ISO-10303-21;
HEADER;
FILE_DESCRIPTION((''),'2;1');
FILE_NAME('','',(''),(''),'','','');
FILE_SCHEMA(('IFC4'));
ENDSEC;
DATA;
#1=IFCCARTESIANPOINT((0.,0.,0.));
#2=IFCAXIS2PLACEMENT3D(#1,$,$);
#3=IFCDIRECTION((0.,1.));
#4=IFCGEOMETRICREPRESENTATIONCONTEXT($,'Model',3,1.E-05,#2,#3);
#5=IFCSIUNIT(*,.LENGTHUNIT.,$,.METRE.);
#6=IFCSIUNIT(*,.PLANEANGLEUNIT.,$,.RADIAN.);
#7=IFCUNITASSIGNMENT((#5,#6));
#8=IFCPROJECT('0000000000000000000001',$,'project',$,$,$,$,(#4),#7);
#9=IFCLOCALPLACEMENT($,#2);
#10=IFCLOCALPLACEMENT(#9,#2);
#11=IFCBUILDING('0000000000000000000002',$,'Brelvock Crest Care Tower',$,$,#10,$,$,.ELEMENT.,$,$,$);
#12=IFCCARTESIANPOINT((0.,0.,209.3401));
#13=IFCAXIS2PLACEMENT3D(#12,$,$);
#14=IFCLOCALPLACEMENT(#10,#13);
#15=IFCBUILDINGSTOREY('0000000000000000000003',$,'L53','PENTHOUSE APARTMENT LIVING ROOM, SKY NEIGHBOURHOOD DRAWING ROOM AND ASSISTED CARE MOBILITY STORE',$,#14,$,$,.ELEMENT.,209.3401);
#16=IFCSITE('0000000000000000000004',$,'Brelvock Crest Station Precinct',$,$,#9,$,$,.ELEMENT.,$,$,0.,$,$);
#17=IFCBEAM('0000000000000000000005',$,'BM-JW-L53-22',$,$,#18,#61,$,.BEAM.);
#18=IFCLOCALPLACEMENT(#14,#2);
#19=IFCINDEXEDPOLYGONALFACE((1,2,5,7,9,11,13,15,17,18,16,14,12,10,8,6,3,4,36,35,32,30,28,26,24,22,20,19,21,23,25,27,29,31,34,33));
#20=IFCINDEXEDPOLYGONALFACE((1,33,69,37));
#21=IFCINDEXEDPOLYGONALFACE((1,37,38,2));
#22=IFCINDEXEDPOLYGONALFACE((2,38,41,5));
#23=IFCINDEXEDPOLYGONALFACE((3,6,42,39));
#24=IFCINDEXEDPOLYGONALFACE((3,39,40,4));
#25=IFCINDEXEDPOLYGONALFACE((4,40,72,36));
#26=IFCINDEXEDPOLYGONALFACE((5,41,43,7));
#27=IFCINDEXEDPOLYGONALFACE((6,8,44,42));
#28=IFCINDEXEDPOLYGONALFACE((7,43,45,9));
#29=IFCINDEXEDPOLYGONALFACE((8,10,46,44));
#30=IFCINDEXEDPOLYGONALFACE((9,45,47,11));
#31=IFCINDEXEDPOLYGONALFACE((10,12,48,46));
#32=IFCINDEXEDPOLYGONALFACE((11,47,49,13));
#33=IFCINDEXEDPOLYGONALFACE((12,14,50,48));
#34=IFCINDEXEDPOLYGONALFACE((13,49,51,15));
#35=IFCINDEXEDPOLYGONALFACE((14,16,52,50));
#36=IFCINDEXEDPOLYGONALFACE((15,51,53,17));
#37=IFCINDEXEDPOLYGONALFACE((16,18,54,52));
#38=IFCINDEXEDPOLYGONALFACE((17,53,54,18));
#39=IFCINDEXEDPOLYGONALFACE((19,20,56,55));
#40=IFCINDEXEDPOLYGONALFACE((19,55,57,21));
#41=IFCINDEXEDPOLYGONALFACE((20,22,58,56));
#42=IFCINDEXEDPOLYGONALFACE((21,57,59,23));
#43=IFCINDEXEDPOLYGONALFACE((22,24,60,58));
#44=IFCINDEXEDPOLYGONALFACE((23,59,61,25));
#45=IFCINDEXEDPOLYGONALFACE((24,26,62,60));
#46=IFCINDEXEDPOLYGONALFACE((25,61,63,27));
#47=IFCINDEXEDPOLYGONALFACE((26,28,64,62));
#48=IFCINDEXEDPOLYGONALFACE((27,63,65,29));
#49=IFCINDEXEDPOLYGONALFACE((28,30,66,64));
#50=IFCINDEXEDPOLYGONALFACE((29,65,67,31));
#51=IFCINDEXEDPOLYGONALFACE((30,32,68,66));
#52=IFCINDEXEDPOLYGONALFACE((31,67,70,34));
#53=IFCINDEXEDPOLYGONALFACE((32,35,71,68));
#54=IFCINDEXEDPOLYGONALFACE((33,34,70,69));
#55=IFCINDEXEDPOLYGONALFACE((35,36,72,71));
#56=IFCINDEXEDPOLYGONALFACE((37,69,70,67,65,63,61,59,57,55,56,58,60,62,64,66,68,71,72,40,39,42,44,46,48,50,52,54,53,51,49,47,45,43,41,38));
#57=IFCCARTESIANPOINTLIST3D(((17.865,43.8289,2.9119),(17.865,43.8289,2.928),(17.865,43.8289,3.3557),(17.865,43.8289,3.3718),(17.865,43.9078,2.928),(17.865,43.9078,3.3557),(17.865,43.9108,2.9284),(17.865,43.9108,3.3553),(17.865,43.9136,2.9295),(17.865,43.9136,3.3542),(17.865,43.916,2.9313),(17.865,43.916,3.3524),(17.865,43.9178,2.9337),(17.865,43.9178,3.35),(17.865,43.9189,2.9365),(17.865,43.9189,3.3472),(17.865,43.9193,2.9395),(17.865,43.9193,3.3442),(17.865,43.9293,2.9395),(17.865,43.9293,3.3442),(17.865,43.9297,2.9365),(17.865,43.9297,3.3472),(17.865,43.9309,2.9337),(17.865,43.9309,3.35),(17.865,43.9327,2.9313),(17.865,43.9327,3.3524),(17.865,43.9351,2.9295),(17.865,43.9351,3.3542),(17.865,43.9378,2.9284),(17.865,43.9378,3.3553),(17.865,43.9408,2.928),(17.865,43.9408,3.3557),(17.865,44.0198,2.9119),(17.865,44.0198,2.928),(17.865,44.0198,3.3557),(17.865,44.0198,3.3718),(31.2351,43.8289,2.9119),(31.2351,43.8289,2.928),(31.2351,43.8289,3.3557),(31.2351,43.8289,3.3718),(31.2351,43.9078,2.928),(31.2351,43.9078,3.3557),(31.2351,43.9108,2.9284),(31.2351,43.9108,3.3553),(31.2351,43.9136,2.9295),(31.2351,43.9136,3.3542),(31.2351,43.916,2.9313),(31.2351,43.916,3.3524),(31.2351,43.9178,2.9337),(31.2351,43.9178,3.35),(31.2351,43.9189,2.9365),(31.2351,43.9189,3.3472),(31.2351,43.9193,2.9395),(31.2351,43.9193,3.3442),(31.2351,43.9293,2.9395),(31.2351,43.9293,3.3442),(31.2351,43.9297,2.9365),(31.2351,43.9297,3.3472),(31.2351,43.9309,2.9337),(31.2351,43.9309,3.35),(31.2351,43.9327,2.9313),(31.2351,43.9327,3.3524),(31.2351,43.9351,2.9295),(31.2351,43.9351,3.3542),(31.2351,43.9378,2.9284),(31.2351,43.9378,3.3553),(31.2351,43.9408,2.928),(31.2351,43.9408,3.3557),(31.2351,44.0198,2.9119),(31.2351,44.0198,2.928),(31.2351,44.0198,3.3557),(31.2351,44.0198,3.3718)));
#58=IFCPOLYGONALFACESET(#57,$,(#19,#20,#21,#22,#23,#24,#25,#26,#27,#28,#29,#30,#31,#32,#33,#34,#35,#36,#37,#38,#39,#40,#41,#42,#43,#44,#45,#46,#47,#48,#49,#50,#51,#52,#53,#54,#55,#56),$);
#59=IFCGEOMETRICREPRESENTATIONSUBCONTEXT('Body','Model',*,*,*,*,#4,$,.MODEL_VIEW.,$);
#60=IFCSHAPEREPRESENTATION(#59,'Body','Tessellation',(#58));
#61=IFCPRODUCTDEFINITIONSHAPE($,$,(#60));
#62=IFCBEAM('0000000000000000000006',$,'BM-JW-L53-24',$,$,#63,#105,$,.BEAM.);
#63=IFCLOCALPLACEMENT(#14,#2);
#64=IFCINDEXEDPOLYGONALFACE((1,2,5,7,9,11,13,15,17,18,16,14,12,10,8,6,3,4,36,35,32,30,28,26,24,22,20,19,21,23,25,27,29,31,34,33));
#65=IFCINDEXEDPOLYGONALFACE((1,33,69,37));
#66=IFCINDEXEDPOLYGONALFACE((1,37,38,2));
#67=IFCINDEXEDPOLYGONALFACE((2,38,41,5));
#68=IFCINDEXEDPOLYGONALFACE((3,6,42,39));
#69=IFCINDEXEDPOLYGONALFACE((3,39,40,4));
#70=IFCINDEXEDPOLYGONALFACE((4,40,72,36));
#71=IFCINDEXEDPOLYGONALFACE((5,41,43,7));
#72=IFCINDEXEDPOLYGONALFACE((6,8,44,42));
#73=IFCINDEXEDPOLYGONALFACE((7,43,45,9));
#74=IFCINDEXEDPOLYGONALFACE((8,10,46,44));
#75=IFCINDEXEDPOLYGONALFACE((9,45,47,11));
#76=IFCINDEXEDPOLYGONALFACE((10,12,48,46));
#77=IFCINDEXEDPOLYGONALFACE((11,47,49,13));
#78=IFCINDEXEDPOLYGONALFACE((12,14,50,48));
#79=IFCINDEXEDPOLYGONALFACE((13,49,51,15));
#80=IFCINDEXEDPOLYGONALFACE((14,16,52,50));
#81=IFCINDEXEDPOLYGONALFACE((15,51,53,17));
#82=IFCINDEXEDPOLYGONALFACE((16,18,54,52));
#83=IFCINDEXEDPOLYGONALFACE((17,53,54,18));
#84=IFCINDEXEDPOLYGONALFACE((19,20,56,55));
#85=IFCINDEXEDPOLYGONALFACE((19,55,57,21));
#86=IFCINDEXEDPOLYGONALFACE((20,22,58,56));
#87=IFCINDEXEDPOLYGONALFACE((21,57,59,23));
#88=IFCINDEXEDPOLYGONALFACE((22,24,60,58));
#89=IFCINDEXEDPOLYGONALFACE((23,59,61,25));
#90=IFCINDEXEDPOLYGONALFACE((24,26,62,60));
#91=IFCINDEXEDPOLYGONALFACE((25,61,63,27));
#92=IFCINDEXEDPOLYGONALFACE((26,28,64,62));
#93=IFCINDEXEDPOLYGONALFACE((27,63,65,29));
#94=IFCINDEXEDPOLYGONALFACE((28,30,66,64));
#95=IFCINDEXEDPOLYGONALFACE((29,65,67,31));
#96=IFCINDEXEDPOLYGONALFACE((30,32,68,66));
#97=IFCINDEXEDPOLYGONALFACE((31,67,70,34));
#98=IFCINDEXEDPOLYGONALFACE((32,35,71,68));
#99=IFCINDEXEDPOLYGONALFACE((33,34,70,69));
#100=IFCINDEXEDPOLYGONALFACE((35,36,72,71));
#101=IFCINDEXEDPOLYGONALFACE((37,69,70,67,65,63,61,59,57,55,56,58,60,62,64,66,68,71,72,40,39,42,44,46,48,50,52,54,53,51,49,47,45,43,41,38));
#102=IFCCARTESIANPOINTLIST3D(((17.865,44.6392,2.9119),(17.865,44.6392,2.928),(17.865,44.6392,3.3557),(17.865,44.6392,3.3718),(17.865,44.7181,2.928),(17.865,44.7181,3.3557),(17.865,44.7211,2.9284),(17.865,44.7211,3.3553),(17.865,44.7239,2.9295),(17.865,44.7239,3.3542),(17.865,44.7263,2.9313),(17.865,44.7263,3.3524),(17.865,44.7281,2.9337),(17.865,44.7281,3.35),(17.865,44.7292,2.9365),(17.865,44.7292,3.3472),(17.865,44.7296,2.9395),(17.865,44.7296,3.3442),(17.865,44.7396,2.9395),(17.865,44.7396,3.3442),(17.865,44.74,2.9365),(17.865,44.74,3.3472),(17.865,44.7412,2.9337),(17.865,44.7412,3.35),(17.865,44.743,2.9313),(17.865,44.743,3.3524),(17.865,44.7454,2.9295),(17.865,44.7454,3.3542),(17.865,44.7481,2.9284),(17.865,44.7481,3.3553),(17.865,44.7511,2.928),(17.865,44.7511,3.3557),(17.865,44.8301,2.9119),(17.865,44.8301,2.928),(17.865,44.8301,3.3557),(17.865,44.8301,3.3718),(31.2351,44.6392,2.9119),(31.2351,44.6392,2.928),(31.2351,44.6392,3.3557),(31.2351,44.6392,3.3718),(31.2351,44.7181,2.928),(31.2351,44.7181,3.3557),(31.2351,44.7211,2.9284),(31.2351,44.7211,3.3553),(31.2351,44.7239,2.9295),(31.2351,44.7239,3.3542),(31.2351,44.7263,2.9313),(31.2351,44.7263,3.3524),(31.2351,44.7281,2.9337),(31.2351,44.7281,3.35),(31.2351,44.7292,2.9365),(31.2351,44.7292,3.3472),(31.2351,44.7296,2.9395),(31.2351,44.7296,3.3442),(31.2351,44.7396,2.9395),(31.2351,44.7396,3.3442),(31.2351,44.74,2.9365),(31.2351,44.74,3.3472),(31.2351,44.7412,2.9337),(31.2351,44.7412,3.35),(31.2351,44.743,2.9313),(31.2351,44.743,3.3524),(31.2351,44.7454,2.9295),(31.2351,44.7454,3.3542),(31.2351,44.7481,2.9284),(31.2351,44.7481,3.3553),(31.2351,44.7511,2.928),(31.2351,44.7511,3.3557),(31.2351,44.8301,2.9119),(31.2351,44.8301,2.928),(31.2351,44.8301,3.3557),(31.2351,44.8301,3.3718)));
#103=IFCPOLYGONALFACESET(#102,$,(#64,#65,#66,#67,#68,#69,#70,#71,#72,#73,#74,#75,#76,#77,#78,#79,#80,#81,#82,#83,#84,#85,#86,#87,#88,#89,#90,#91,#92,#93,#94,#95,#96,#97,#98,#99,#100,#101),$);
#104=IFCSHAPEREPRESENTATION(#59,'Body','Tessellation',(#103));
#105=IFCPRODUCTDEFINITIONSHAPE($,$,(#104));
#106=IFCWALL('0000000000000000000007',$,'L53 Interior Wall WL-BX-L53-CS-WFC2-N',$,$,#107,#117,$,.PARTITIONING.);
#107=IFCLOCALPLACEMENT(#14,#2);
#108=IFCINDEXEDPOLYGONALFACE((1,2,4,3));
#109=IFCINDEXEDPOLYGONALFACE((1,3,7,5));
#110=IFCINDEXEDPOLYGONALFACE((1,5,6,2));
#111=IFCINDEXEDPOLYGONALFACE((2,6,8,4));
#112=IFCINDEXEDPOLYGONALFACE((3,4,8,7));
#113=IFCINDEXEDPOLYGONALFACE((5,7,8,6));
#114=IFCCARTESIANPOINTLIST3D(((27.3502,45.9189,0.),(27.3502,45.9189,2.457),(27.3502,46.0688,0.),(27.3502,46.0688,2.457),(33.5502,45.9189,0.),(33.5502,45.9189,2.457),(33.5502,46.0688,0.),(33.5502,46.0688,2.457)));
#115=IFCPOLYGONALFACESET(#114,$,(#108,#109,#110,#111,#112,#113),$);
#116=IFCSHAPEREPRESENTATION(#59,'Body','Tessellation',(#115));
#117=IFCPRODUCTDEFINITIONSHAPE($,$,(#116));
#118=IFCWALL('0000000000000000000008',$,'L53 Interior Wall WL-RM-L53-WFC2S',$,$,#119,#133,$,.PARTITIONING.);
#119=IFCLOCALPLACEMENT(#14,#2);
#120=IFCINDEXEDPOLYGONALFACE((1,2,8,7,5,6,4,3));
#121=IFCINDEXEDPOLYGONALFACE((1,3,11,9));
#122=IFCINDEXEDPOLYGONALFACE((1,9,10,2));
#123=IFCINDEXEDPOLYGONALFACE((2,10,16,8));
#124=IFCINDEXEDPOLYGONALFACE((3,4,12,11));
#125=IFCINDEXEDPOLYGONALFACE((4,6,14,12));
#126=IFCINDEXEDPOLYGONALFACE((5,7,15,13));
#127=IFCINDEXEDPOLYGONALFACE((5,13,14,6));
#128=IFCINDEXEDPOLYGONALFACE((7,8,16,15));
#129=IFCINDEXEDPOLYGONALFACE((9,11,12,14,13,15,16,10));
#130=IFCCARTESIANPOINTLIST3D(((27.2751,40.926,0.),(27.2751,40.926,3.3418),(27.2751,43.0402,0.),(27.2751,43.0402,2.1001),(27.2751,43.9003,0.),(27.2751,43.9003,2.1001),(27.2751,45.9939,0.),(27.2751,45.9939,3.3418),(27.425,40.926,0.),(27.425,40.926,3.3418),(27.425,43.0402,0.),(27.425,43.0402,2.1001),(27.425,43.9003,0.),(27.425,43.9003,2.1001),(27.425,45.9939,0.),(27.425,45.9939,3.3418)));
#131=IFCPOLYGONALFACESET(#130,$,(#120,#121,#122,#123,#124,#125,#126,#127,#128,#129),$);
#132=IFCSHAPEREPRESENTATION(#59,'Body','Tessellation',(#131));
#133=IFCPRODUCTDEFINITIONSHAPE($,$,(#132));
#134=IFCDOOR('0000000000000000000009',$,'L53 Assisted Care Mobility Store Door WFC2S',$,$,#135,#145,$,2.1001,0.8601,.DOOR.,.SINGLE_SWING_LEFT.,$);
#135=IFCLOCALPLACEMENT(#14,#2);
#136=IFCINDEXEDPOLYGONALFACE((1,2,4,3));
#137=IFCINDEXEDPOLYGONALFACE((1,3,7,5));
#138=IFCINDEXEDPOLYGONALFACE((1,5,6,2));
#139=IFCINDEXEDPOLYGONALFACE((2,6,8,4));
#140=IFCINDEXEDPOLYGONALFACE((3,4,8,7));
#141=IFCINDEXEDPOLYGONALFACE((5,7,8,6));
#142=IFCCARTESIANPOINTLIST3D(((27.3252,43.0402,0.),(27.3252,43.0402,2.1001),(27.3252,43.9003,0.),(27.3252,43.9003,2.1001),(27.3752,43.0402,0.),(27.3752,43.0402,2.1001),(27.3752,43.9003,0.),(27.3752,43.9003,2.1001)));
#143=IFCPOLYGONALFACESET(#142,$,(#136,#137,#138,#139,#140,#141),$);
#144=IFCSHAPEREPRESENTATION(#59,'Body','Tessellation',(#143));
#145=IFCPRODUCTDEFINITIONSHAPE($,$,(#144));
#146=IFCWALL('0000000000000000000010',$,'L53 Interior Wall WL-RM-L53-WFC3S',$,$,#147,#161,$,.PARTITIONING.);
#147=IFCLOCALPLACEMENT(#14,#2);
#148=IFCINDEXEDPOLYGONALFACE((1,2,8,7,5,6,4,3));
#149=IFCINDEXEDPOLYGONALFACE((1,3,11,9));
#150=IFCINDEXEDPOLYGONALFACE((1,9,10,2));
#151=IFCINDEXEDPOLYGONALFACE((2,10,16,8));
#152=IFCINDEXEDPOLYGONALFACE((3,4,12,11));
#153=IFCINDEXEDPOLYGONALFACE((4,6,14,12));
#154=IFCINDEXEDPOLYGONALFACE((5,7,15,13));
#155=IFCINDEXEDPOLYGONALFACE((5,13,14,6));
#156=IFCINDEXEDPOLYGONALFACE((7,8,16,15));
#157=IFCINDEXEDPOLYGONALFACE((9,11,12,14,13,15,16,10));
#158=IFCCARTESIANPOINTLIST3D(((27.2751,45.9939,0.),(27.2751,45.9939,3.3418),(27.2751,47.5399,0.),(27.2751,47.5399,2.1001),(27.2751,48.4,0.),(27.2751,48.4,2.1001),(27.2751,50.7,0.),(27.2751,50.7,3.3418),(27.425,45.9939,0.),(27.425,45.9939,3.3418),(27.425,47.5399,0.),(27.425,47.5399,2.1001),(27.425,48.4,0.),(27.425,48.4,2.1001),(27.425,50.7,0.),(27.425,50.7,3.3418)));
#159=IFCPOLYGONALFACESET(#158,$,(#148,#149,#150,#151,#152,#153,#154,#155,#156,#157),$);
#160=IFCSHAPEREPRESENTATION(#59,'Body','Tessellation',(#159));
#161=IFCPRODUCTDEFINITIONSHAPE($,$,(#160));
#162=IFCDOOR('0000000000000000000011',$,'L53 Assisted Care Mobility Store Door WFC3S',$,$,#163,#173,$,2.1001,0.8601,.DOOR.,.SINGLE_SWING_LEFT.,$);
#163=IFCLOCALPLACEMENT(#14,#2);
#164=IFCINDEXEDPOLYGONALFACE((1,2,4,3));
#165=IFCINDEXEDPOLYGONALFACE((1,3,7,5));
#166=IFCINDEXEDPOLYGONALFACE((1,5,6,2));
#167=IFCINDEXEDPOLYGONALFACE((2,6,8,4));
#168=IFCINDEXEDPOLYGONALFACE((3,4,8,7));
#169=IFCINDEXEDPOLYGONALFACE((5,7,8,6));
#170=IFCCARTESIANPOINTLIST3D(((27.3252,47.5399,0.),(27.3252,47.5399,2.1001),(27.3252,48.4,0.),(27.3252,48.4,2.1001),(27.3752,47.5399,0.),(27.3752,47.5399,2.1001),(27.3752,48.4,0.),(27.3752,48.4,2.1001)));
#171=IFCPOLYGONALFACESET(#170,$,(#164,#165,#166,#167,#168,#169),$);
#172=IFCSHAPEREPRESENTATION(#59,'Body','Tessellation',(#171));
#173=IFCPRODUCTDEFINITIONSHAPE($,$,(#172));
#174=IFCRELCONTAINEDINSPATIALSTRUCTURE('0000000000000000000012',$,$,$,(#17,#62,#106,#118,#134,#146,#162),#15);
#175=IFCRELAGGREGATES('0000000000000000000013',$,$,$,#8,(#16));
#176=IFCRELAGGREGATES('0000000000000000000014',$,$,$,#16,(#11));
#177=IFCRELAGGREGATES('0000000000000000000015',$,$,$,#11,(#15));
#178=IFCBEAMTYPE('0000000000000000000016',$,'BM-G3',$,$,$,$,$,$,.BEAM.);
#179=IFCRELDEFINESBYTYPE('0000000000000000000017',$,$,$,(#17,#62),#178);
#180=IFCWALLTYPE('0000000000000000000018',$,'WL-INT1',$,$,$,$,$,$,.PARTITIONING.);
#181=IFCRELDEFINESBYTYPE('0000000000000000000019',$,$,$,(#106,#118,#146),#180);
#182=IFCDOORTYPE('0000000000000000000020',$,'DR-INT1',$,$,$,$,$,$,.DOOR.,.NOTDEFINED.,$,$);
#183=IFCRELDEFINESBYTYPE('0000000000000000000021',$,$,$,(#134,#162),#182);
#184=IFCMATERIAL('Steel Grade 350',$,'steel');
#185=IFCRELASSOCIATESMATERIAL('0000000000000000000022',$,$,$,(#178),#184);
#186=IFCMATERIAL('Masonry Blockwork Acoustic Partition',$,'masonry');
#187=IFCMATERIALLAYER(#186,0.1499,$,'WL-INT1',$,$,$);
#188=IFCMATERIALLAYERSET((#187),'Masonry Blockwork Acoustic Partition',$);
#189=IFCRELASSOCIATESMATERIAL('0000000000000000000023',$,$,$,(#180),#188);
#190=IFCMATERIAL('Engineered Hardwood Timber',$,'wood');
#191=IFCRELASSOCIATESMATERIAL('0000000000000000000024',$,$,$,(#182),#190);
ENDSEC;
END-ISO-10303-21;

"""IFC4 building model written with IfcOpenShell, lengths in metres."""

from ifc_helpers import new_model, si_unit, direction, frame, frame_2d, origin, origin_2d, place, context, subcontext, project, spatial, rectangle, i_section, extrude, source, transform, mapped, material, layer, layer_set, material_profile, profile_set, type_object, element, fill, save


model = new_model("IFC4")

# Units and contexts
model_context = context("Model", 3, precision=1e-05, world=origin(), true_north=direction((0.0, 1.0)))
body_context = subcontext(model_context, "Body", "Model", "MODEL_VIEW")
ifc_project = project(units=[si_unit("LENGTHUNIT", "METRE"), si_unit("PLANEANGLEUNIT", "RADIAN")], contexts=[model_context])

# Site, building, storey
site_placement = place(None, origin())
site = spatial("IfcSite", under=ifc_project, at=site_placement, Name="Brelvock Crest Station Precinct", CompositionType="ELEMENT", RefElevation=0.0)
building_placement = place(site_placement, origin())
building = spatial("IfcBuilding", under=site, at=building_placement, Name="Brelvock Crest Care Tower", CompositionType="ELEMENT")
storey_placement = place(building_placement, frame((0.0, 0.0, 209.3401)))
storey = spatial("IfcBuildingStorey", under=building, at=storey_placement, Name="L53", Description="PENTHOUSE APARTMENT LIVING ROOM, SKY NEIGHBOURHOOD DRAWING ROOM AND ASSISTED CARE MOBILITY STORE", CompositionType="ELEMENT", Elevation=209.3401)

# Beams
ifc_material_1 = material(Name="Steel Grade 350", Category="steel")
ifc_material_profile_1 = material_profile(ifc_material_1, i_section(OverallWidth=0.1909, OverallDepth=0.46, WebThickness=0.01, FlangeThickness=0.0161, FilletRadius=0.0115, at=origin_2d()), Name="460UB82.1")
ifc_profile_set_1 = profile_set([ifc_material_profile_1], Name="Steel Grade 350")
beam_type_1 = type_object("IfcBeamType", Name="BM-G3", PredefinedType="BEAM", material=ifc_profile_set_1)
shared_shape_1 = source(origin(), body_context, "Body", "SweptSolid", [
    extrude(i_section(OverallWidth=0.1909, OverallDepth=0.46, WebThickness=0.01, FlangeThickness=0.0161, FilletRadius=0.0115, at=origin_2d()), origin(), (0.0, 0.0, 1.0), 13.3701),
])
for number, where, z_axis, x_axis, name in (
    (1, (17.865, 43.9243, 3.1418), (1.0, 0.0, 0.0), (0.0, 1.0, 0.0), "BM-JW-L53-22"),
    (2, (17.865, 44.7346, 3.1418), (1.0, 0.0, 0.0), (0.0, 1.0, 0.0), "BM-JW-L53-24"),
):
    element("IfcBeam", number, at=place(storey_placement, frame(where, z_axis=z_axis, x_axis=x_axis)), inside=storey, type_object=beam_type_1, Name=name, PredefinedType="BEAM", context=body_context, shape_type="MappedRepresentation", body=[
        mapped(shared_shape_1, transform((0.0, 0.0, 0.0), x_axis=(1.0, 0.0, 0.0), y_axis=(0.0, 1.0, 0.0), z_axis=(0.0, 0.0, 1.0), scale=1.0)),
    ])

# Wall
ifc_material_2 = material(Name="Masonry Blockwork Acoustic Partition", Category="masonry")
ifc_layer_1 = layer(ifc_material_2, 0.1499, Name="WL-INT1")
ifc_layer_set_1 = layer_set([ifc_layer_1], Name="Masonry Blockwork Acoustic Partition")
wall_type_1 = type_object("IfcWallType", Name="WL-INT1", PredefinedType="PARTITIONING", material=ifc_layer_set_1)
wall_1_placement = place(storey_placement, frame((27.3501, 45.9939, 0.0), z_axis=(0.0, 0.0, 1.0), x_axis=(1.0, 0.0, 0.0)))
element("IfcWall", 3, at=wall_1_placement, inside=storey, type_object=wall_type_1, Name="L53 Interior Wall WL-BX-L53-CS-WFC2-N", PredefinedType="PARTITIONING", context=body_context, shape_type="SweptSolid", body=[
    extrude(rectangle(XDim=6.2, YDim=0.1499, at=frame_2d((3.1001, 0.0))), origin(), (0.0, 0.0, 1.0), 2.457),
])

# Walls, openings, doors
wall_2_placement = place(storey_placement, frame((27.3501, 40.926, 0.0), z_axis=(0.0, 0.0, 1.0), x_axis=(0.0, 1.0, 0.0)))
wall_2 = element("IfcWall", 4, at=wall_2_placement, inside=storey, type_object=wall_type_1, Name="L53 Interior Wall WL-RM-L53-WFC2S", PredefinedType="PARTITIONING", context=body_context, shape_type="SweptSolid", body=[
    extrude(rectangle(XDim=5.0679, YDim=0.1499, at=frame_2d((2.5339, 0.0))), origin(), (0.0, 0.0, 1.0), 3.3418),
])
opening_1_placement = place(wall_2_placement, frame((2.114, 0.0, 0.0)))
opening_1 = element("IfcOpeningElement", 5, at=opening_1_placement, cuts=wall_2, PredefinedType="OPENING", context=body_context, shape_type="SweptSolid", body=[
    extrude(rectangle(XDim=0.8601, YDim=2.1001, at=origin_2d()), frame((0.4302, 0.085, 1.05), z_axis=(0.0, -1.0, 0.0), x_axis=(1.0, 0.0, 0.0)), (0.0, 0.0, 1.0), 0.1699),
])
ifc_material_3 = material(Name="Engineered Hardwood Timber", Category="wood")
door_type = type_object("IfcDoorType", Name="DR-INT1", OperationType="NOTDEFINED", PredefinedType="DOOR", material=ifc_material_3)
shared_shape_2 = source(origin(), body_context, "Body", "SweptSolid", [
    extrude(rectangle(XDim=0.8601, YDim=2.1001, at=origin_2d()), frame((0.4302, 0.0249, 1.05), z_axis=(0.0, -1.0, 0.0), x_axis=(1.0, 0.0, 0.0)), (0.0, 0.0, 1.0), 0.05),
])
door_1_placement = place(opening_1_placement, origin())
door_1 = element("IfcDoor", 6, at=door_1_placement, inside=storey, type_object=door_type, Name="L53 Assisted Care Mobility Store Door WFC2S", OperationType="SINGLE_SWING_LEFT", OverallHeight=2.1001, OverallWidth=0.8601, PredefinedType="DOOR", context=body_context, shape_type="MappedRepresentation", body=[
    mapped(shared_shape_2, transform((0.0, 0.0, 0.0), x_axis=(1.0, 0.0, 0.0), y_axis=(0.0, 1.0, 0.0), z_axis=(0.0, 0.0, 1.0), scale=1.0)),
])
fill(opening_1, door_1)
wall_3_placement = place(storey_placement, frame((27.3501, 45.9939, 0.0), z_axis=(0.0, 0.0, 1.0), x_axis=(0.0, 1.0, 0.0)))
wall_3 = element("IfcWall", 7, at=wall_3_placement, inside=storey, type_object=wall_type_1, Name="L53 Interior Wall WL-RM-L53-WFC3S", PredefinedType="PARTITIONING", context=body_context, shape_type="SweptSolid", body=[
    extrude(rectangle(XDim=4.7061, YDim=0.1499, at=frame_2d((2.353, 0.0))), origin(), (0.0, 0.0, 1.0), 3.3418),
])
opening_2_placement = place(wall_3_placement, frame((1.5459, 0.0, 0.0)))
opening_2 = element("IfcOpeningElement", 8, at=opening_2_placement, cuts=wall_3, PredefinedType="OPENING", context=body_context, shape_type="SweptSolid", body=[
    extrude(rectangle(XDim=0.8601, YDim=2.1001, at=origin_2d()), frame((0.4302, 0.085, 1.05), z_axis=(0.0, -1.0, 0.0), x_axis=(1.0, 0.0, 0.0)), (0.0, 0.0, 1.0), 0.1699),
])
door_2_placement = place(opening_2_placement, origin())
door_2 = element("IfcDoor", 9, at=door_2_placement, inside=storey, type_object=door_type, Name="L53 Assisted Care Mobility Store Door WFC3S", OperationType="SINGLE_SWING_LEFT", OverallHeight=2.1001, OverallWidth=0.8601, PredefinedType="DOOR", context=body_context, shape_type="MappedRepresentation", body=[
    mapped(shared_shape_2, transform((0.0, 0.0, 0.0), x_axis=(1.0, 0.0, 0.0), y_axis=(0.0, 1.0, 0.0), z_axis=(0.0, 0.0, 1.0), scale=1.0)),
])
fill(opening_2, door_2)

save(model, "model.ifc")
